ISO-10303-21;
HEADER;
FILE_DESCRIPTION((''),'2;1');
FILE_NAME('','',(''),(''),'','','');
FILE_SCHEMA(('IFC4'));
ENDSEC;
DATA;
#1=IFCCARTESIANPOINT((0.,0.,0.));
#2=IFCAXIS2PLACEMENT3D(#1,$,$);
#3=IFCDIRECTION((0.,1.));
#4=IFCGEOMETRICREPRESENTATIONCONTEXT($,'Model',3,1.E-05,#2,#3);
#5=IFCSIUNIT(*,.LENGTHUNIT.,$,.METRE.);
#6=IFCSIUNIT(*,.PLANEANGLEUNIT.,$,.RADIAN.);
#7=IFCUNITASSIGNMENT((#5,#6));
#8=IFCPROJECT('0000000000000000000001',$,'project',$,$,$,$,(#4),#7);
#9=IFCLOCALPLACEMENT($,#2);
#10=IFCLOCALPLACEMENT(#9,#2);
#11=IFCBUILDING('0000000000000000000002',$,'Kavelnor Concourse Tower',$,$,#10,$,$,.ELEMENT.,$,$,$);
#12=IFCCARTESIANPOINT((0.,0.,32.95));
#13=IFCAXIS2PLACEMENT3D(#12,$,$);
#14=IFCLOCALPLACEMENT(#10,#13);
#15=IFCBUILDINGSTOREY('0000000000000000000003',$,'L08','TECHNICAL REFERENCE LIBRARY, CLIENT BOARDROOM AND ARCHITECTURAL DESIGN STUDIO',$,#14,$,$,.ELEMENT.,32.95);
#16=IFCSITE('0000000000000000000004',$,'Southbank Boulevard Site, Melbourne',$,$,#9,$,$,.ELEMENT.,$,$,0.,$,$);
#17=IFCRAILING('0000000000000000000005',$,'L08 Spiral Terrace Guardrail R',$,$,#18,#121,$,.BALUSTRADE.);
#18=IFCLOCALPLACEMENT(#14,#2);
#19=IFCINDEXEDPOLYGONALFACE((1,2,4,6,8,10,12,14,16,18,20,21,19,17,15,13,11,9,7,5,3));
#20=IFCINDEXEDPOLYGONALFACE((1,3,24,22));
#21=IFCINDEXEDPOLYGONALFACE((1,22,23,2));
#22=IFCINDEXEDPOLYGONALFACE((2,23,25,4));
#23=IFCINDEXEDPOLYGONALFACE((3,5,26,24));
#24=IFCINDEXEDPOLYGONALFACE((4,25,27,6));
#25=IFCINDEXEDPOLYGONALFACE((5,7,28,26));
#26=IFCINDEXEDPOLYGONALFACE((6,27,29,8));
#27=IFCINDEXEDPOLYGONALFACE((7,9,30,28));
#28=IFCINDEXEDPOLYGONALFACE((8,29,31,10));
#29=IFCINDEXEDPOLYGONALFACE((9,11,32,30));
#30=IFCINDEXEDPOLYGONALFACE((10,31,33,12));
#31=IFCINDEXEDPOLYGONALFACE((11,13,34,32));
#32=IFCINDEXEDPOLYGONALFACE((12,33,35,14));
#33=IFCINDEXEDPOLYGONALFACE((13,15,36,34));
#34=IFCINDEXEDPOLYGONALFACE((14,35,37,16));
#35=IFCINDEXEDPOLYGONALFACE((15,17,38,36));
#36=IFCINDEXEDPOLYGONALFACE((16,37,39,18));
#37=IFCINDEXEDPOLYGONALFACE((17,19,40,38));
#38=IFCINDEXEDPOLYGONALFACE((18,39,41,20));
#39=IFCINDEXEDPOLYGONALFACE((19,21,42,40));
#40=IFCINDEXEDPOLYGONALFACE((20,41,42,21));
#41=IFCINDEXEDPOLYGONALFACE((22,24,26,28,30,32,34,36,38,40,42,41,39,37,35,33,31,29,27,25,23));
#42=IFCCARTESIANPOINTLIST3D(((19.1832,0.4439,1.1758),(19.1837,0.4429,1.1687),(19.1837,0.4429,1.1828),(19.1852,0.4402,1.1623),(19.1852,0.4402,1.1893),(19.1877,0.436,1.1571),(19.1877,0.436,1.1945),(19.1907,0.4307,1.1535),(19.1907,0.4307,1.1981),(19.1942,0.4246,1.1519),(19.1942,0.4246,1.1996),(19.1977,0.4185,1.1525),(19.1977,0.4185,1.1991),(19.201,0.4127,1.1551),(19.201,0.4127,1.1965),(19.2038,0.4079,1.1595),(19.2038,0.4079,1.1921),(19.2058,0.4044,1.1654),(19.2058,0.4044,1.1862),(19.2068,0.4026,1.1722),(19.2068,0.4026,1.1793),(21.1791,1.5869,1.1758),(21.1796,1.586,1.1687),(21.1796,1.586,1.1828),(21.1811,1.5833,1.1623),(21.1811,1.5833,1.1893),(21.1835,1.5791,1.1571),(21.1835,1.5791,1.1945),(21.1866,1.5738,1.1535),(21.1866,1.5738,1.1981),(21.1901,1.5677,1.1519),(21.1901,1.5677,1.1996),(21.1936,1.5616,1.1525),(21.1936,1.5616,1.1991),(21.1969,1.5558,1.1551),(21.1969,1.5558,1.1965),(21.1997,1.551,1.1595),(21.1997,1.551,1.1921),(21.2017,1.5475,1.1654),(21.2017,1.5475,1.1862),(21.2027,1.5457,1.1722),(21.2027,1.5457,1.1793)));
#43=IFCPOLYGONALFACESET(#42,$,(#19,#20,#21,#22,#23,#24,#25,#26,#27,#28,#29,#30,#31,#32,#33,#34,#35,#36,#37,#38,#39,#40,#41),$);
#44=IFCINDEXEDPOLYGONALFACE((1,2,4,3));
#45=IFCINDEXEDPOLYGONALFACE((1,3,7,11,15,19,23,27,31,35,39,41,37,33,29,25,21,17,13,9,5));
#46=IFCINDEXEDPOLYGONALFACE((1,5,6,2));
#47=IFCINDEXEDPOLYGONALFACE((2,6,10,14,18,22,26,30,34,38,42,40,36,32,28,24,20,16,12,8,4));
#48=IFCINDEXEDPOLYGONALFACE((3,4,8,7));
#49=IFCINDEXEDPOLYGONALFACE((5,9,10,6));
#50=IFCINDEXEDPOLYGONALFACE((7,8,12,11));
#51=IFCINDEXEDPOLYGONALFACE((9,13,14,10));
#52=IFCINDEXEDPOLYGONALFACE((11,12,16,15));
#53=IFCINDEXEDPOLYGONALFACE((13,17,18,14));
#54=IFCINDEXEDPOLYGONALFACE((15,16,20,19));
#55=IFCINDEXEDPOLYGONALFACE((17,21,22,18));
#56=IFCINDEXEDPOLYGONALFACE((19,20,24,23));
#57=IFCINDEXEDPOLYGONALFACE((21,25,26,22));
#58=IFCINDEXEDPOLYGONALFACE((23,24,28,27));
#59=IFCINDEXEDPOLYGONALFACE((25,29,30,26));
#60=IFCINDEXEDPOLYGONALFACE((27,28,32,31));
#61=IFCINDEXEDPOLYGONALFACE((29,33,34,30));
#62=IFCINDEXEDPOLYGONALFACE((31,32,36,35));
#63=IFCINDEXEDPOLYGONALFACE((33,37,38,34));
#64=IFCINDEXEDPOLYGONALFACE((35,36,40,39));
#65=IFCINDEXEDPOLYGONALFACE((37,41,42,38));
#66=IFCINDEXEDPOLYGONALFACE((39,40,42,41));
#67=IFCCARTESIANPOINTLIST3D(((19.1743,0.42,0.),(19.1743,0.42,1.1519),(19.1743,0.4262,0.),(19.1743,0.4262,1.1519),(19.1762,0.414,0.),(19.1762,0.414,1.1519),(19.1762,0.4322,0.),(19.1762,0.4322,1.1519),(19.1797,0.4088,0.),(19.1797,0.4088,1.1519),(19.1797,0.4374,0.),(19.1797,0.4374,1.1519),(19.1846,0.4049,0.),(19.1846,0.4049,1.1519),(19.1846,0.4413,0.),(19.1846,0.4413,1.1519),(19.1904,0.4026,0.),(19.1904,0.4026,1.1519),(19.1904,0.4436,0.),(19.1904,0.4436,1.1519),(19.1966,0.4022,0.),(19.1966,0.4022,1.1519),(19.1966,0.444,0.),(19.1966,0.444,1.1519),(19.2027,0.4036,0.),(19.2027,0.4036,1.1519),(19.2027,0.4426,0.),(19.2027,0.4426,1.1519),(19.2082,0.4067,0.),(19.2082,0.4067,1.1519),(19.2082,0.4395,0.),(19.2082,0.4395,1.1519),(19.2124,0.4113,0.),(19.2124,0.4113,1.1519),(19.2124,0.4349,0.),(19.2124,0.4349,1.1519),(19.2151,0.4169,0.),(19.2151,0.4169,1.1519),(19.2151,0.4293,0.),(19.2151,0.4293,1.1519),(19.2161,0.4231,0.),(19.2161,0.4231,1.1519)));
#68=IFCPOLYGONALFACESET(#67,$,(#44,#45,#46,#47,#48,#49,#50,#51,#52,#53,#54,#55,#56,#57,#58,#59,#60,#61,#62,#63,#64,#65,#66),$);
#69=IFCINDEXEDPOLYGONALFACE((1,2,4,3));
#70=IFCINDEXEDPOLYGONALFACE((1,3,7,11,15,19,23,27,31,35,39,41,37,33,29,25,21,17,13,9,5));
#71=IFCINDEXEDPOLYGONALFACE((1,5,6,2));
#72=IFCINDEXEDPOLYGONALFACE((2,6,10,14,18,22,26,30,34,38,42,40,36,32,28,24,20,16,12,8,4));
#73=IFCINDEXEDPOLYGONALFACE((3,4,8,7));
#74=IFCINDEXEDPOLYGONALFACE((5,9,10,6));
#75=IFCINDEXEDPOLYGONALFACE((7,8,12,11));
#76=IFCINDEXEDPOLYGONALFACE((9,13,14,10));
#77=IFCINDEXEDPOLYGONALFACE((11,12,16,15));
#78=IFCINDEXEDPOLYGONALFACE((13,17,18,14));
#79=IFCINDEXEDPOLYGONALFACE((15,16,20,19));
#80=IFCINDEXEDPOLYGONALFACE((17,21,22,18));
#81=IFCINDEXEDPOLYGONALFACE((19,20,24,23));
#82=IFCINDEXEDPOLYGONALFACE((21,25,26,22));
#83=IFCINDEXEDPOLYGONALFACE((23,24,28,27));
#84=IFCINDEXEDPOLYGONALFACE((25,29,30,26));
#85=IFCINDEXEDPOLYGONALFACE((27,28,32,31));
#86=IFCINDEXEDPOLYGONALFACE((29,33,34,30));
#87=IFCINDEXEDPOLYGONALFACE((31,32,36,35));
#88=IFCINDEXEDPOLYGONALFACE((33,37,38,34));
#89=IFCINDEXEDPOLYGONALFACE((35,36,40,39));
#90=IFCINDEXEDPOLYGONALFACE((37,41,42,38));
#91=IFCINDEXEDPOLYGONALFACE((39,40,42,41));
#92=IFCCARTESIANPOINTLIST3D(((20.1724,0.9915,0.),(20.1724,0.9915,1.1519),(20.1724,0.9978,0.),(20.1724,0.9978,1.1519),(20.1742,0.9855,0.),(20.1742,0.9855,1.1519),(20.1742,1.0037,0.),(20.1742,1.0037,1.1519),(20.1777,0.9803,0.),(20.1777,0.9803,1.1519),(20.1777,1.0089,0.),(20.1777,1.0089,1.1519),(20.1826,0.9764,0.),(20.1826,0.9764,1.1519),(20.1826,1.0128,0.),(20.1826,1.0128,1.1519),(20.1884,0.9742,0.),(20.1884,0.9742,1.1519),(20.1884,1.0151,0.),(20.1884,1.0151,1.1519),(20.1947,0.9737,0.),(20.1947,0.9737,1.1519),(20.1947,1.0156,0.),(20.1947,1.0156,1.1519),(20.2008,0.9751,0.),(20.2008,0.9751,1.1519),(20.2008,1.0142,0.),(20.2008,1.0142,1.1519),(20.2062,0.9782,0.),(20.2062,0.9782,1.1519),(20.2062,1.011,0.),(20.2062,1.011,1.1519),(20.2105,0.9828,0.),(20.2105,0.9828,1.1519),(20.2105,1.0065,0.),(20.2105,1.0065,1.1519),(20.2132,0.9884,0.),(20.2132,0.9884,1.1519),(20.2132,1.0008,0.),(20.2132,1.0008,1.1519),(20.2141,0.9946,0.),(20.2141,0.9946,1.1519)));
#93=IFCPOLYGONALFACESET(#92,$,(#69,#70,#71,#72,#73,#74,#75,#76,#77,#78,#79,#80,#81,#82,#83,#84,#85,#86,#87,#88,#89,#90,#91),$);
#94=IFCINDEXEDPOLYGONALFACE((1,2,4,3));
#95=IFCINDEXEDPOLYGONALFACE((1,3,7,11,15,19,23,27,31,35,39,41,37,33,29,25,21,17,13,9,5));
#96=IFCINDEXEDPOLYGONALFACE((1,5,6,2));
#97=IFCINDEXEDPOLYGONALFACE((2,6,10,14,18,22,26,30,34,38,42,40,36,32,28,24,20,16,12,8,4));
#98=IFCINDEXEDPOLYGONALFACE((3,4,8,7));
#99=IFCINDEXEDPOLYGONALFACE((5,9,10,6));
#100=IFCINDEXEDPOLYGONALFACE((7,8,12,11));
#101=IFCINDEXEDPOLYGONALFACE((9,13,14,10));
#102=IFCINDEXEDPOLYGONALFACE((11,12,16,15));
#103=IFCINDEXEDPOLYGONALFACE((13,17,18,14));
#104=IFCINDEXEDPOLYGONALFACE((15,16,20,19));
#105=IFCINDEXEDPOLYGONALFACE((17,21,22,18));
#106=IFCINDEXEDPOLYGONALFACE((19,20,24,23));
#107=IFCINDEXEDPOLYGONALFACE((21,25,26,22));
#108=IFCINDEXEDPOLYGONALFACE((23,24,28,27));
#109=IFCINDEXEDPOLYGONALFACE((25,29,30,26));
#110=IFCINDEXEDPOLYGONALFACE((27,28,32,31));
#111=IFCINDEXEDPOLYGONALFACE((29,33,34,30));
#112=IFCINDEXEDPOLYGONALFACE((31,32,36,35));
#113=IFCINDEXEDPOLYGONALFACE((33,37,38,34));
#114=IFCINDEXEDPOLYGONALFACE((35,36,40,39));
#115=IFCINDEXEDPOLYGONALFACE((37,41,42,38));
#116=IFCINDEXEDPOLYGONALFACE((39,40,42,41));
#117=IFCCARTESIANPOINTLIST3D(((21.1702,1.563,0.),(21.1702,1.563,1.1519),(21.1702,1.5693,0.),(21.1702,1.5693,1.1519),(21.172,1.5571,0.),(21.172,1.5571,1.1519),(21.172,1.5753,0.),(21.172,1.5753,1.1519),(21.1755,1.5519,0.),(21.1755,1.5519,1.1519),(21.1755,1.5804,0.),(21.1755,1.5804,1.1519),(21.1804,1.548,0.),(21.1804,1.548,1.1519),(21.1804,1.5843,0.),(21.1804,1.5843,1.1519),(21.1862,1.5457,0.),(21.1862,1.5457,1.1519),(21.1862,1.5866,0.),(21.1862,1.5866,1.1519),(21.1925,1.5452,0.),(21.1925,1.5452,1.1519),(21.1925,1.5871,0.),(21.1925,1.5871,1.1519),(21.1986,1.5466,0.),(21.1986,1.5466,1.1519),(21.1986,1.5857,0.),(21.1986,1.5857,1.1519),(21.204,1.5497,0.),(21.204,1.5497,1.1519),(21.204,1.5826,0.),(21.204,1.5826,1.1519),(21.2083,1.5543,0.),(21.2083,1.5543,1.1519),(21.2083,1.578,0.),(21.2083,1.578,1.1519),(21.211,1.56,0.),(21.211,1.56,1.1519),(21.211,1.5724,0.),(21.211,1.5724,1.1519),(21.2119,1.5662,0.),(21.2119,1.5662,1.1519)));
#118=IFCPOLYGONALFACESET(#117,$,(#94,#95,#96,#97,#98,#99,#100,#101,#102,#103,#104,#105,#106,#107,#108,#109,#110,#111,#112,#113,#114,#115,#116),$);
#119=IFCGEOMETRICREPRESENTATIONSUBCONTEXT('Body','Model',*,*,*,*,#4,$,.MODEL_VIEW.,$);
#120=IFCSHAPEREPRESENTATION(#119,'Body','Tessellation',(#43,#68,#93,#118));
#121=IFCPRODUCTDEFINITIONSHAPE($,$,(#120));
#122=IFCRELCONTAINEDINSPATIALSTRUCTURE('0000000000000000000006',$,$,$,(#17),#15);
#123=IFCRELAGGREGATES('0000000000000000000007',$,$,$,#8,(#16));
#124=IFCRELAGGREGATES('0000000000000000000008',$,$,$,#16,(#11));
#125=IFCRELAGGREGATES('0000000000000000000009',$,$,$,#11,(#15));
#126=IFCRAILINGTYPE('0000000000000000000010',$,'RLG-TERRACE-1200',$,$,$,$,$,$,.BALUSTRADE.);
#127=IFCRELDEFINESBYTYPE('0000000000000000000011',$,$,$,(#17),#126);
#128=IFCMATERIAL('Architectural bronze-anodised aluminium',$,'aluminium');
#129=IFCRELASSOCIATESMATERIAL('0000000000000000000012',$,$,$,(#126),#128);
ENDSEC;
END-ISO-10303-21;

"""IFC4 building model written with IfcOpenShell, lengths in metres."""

from ifc_helpers import new_model, si_unit, direction, frame, origin, origin_2d, place, context, subcontext, project, spatial, circle, extrude, material, type_object, element, save


model = new_model("IFC4")

# Units and contexts
model_context = context("Model", 3, precision=1e-05, world=origin(), true_north=direction((0.0, 1.0)))
body_context = subcontext(model_context, "Body", "Model", "MODEL_VIEW")
ifc_project = project(units=[si_unit("LENGTHUNIT", "METRE"), si_unit("PLANEANGLEUNIT", "RADIAN")], contexts=[model_context])

# Site, building, storey
site_placement = place(None, origin())
site = spatial("IfcSite", under=ifc_project, at=site_placement, Name="Southbank Boulevard Site, Melbourne", CompositionType="ELEMENT", RefElevation=0.0)
building_placement = place(site_placement, origin())
building = spatial("IfcBuilding", under=site, at=building_placement, Name="Kavelnor Concourse Tower", CompositionType="ELEMENT")
storey_placement = place(building_placement, frame((0.0, 0.0, 32.95)))
storey = spatial("IfcBuildingStorey", under=building, at=storey_placement, Name="L08", Description="TECHNICAL REFERENCE LIBRARY, CLIENT BOARDROOM AND ARCHITECTURAL DESIGN STUDIO", CompositionType="ELEMENT", Elevation=32.95)

# Railing
ifc_material_1 = material(Name="Architectural bronze-anodised aluminium", Category="aluminium")
railing_type = type_object("IfcRailingType", Name="RLG-TERRACE-1200", PredefinedType="BALUSTRADE", material=ifc_material_1)
railing_1_placement = place(storey_placement, frame((19.1951, 0.4231, 0.0)))
element("IfcRailing", 1, at=railing_1_placement, inside=storey, type_object=railing_type, Name="L08 Spiral Terrace Guardrail R", PredefinedType="BALUSTRADE", context=body_context, shape_type="SweptSolid", body=[
    extrude(circle(Radius=0.0239, at=origin_2d()), frame((0.0, 0.0, 1.1758), z_axis=(0.867759, 0.496985, 0.0), x_axis=(-0.496985, 0.867759, 0.0)), (0.0, 0.0, 1.0), 2.3),
    extrude(circle(Radius=0.021, at=origin_2d()), origin(), (0.0, 0.0, 1.0), 1.1519),
    extrude(circle(Radius=0.021, at=origin_2d()), frame((0.998, 0.5715, 0.0)), (0.0, 0.0, 1.0), 1.1519),
    extrude(circle(Radius=0.021, at=origin_2d()), frame((1.9958, 1.1431, 0.0)), (0.0, 0.0, 1.0), 1.1519),
])

save(model, "model.ifc")
